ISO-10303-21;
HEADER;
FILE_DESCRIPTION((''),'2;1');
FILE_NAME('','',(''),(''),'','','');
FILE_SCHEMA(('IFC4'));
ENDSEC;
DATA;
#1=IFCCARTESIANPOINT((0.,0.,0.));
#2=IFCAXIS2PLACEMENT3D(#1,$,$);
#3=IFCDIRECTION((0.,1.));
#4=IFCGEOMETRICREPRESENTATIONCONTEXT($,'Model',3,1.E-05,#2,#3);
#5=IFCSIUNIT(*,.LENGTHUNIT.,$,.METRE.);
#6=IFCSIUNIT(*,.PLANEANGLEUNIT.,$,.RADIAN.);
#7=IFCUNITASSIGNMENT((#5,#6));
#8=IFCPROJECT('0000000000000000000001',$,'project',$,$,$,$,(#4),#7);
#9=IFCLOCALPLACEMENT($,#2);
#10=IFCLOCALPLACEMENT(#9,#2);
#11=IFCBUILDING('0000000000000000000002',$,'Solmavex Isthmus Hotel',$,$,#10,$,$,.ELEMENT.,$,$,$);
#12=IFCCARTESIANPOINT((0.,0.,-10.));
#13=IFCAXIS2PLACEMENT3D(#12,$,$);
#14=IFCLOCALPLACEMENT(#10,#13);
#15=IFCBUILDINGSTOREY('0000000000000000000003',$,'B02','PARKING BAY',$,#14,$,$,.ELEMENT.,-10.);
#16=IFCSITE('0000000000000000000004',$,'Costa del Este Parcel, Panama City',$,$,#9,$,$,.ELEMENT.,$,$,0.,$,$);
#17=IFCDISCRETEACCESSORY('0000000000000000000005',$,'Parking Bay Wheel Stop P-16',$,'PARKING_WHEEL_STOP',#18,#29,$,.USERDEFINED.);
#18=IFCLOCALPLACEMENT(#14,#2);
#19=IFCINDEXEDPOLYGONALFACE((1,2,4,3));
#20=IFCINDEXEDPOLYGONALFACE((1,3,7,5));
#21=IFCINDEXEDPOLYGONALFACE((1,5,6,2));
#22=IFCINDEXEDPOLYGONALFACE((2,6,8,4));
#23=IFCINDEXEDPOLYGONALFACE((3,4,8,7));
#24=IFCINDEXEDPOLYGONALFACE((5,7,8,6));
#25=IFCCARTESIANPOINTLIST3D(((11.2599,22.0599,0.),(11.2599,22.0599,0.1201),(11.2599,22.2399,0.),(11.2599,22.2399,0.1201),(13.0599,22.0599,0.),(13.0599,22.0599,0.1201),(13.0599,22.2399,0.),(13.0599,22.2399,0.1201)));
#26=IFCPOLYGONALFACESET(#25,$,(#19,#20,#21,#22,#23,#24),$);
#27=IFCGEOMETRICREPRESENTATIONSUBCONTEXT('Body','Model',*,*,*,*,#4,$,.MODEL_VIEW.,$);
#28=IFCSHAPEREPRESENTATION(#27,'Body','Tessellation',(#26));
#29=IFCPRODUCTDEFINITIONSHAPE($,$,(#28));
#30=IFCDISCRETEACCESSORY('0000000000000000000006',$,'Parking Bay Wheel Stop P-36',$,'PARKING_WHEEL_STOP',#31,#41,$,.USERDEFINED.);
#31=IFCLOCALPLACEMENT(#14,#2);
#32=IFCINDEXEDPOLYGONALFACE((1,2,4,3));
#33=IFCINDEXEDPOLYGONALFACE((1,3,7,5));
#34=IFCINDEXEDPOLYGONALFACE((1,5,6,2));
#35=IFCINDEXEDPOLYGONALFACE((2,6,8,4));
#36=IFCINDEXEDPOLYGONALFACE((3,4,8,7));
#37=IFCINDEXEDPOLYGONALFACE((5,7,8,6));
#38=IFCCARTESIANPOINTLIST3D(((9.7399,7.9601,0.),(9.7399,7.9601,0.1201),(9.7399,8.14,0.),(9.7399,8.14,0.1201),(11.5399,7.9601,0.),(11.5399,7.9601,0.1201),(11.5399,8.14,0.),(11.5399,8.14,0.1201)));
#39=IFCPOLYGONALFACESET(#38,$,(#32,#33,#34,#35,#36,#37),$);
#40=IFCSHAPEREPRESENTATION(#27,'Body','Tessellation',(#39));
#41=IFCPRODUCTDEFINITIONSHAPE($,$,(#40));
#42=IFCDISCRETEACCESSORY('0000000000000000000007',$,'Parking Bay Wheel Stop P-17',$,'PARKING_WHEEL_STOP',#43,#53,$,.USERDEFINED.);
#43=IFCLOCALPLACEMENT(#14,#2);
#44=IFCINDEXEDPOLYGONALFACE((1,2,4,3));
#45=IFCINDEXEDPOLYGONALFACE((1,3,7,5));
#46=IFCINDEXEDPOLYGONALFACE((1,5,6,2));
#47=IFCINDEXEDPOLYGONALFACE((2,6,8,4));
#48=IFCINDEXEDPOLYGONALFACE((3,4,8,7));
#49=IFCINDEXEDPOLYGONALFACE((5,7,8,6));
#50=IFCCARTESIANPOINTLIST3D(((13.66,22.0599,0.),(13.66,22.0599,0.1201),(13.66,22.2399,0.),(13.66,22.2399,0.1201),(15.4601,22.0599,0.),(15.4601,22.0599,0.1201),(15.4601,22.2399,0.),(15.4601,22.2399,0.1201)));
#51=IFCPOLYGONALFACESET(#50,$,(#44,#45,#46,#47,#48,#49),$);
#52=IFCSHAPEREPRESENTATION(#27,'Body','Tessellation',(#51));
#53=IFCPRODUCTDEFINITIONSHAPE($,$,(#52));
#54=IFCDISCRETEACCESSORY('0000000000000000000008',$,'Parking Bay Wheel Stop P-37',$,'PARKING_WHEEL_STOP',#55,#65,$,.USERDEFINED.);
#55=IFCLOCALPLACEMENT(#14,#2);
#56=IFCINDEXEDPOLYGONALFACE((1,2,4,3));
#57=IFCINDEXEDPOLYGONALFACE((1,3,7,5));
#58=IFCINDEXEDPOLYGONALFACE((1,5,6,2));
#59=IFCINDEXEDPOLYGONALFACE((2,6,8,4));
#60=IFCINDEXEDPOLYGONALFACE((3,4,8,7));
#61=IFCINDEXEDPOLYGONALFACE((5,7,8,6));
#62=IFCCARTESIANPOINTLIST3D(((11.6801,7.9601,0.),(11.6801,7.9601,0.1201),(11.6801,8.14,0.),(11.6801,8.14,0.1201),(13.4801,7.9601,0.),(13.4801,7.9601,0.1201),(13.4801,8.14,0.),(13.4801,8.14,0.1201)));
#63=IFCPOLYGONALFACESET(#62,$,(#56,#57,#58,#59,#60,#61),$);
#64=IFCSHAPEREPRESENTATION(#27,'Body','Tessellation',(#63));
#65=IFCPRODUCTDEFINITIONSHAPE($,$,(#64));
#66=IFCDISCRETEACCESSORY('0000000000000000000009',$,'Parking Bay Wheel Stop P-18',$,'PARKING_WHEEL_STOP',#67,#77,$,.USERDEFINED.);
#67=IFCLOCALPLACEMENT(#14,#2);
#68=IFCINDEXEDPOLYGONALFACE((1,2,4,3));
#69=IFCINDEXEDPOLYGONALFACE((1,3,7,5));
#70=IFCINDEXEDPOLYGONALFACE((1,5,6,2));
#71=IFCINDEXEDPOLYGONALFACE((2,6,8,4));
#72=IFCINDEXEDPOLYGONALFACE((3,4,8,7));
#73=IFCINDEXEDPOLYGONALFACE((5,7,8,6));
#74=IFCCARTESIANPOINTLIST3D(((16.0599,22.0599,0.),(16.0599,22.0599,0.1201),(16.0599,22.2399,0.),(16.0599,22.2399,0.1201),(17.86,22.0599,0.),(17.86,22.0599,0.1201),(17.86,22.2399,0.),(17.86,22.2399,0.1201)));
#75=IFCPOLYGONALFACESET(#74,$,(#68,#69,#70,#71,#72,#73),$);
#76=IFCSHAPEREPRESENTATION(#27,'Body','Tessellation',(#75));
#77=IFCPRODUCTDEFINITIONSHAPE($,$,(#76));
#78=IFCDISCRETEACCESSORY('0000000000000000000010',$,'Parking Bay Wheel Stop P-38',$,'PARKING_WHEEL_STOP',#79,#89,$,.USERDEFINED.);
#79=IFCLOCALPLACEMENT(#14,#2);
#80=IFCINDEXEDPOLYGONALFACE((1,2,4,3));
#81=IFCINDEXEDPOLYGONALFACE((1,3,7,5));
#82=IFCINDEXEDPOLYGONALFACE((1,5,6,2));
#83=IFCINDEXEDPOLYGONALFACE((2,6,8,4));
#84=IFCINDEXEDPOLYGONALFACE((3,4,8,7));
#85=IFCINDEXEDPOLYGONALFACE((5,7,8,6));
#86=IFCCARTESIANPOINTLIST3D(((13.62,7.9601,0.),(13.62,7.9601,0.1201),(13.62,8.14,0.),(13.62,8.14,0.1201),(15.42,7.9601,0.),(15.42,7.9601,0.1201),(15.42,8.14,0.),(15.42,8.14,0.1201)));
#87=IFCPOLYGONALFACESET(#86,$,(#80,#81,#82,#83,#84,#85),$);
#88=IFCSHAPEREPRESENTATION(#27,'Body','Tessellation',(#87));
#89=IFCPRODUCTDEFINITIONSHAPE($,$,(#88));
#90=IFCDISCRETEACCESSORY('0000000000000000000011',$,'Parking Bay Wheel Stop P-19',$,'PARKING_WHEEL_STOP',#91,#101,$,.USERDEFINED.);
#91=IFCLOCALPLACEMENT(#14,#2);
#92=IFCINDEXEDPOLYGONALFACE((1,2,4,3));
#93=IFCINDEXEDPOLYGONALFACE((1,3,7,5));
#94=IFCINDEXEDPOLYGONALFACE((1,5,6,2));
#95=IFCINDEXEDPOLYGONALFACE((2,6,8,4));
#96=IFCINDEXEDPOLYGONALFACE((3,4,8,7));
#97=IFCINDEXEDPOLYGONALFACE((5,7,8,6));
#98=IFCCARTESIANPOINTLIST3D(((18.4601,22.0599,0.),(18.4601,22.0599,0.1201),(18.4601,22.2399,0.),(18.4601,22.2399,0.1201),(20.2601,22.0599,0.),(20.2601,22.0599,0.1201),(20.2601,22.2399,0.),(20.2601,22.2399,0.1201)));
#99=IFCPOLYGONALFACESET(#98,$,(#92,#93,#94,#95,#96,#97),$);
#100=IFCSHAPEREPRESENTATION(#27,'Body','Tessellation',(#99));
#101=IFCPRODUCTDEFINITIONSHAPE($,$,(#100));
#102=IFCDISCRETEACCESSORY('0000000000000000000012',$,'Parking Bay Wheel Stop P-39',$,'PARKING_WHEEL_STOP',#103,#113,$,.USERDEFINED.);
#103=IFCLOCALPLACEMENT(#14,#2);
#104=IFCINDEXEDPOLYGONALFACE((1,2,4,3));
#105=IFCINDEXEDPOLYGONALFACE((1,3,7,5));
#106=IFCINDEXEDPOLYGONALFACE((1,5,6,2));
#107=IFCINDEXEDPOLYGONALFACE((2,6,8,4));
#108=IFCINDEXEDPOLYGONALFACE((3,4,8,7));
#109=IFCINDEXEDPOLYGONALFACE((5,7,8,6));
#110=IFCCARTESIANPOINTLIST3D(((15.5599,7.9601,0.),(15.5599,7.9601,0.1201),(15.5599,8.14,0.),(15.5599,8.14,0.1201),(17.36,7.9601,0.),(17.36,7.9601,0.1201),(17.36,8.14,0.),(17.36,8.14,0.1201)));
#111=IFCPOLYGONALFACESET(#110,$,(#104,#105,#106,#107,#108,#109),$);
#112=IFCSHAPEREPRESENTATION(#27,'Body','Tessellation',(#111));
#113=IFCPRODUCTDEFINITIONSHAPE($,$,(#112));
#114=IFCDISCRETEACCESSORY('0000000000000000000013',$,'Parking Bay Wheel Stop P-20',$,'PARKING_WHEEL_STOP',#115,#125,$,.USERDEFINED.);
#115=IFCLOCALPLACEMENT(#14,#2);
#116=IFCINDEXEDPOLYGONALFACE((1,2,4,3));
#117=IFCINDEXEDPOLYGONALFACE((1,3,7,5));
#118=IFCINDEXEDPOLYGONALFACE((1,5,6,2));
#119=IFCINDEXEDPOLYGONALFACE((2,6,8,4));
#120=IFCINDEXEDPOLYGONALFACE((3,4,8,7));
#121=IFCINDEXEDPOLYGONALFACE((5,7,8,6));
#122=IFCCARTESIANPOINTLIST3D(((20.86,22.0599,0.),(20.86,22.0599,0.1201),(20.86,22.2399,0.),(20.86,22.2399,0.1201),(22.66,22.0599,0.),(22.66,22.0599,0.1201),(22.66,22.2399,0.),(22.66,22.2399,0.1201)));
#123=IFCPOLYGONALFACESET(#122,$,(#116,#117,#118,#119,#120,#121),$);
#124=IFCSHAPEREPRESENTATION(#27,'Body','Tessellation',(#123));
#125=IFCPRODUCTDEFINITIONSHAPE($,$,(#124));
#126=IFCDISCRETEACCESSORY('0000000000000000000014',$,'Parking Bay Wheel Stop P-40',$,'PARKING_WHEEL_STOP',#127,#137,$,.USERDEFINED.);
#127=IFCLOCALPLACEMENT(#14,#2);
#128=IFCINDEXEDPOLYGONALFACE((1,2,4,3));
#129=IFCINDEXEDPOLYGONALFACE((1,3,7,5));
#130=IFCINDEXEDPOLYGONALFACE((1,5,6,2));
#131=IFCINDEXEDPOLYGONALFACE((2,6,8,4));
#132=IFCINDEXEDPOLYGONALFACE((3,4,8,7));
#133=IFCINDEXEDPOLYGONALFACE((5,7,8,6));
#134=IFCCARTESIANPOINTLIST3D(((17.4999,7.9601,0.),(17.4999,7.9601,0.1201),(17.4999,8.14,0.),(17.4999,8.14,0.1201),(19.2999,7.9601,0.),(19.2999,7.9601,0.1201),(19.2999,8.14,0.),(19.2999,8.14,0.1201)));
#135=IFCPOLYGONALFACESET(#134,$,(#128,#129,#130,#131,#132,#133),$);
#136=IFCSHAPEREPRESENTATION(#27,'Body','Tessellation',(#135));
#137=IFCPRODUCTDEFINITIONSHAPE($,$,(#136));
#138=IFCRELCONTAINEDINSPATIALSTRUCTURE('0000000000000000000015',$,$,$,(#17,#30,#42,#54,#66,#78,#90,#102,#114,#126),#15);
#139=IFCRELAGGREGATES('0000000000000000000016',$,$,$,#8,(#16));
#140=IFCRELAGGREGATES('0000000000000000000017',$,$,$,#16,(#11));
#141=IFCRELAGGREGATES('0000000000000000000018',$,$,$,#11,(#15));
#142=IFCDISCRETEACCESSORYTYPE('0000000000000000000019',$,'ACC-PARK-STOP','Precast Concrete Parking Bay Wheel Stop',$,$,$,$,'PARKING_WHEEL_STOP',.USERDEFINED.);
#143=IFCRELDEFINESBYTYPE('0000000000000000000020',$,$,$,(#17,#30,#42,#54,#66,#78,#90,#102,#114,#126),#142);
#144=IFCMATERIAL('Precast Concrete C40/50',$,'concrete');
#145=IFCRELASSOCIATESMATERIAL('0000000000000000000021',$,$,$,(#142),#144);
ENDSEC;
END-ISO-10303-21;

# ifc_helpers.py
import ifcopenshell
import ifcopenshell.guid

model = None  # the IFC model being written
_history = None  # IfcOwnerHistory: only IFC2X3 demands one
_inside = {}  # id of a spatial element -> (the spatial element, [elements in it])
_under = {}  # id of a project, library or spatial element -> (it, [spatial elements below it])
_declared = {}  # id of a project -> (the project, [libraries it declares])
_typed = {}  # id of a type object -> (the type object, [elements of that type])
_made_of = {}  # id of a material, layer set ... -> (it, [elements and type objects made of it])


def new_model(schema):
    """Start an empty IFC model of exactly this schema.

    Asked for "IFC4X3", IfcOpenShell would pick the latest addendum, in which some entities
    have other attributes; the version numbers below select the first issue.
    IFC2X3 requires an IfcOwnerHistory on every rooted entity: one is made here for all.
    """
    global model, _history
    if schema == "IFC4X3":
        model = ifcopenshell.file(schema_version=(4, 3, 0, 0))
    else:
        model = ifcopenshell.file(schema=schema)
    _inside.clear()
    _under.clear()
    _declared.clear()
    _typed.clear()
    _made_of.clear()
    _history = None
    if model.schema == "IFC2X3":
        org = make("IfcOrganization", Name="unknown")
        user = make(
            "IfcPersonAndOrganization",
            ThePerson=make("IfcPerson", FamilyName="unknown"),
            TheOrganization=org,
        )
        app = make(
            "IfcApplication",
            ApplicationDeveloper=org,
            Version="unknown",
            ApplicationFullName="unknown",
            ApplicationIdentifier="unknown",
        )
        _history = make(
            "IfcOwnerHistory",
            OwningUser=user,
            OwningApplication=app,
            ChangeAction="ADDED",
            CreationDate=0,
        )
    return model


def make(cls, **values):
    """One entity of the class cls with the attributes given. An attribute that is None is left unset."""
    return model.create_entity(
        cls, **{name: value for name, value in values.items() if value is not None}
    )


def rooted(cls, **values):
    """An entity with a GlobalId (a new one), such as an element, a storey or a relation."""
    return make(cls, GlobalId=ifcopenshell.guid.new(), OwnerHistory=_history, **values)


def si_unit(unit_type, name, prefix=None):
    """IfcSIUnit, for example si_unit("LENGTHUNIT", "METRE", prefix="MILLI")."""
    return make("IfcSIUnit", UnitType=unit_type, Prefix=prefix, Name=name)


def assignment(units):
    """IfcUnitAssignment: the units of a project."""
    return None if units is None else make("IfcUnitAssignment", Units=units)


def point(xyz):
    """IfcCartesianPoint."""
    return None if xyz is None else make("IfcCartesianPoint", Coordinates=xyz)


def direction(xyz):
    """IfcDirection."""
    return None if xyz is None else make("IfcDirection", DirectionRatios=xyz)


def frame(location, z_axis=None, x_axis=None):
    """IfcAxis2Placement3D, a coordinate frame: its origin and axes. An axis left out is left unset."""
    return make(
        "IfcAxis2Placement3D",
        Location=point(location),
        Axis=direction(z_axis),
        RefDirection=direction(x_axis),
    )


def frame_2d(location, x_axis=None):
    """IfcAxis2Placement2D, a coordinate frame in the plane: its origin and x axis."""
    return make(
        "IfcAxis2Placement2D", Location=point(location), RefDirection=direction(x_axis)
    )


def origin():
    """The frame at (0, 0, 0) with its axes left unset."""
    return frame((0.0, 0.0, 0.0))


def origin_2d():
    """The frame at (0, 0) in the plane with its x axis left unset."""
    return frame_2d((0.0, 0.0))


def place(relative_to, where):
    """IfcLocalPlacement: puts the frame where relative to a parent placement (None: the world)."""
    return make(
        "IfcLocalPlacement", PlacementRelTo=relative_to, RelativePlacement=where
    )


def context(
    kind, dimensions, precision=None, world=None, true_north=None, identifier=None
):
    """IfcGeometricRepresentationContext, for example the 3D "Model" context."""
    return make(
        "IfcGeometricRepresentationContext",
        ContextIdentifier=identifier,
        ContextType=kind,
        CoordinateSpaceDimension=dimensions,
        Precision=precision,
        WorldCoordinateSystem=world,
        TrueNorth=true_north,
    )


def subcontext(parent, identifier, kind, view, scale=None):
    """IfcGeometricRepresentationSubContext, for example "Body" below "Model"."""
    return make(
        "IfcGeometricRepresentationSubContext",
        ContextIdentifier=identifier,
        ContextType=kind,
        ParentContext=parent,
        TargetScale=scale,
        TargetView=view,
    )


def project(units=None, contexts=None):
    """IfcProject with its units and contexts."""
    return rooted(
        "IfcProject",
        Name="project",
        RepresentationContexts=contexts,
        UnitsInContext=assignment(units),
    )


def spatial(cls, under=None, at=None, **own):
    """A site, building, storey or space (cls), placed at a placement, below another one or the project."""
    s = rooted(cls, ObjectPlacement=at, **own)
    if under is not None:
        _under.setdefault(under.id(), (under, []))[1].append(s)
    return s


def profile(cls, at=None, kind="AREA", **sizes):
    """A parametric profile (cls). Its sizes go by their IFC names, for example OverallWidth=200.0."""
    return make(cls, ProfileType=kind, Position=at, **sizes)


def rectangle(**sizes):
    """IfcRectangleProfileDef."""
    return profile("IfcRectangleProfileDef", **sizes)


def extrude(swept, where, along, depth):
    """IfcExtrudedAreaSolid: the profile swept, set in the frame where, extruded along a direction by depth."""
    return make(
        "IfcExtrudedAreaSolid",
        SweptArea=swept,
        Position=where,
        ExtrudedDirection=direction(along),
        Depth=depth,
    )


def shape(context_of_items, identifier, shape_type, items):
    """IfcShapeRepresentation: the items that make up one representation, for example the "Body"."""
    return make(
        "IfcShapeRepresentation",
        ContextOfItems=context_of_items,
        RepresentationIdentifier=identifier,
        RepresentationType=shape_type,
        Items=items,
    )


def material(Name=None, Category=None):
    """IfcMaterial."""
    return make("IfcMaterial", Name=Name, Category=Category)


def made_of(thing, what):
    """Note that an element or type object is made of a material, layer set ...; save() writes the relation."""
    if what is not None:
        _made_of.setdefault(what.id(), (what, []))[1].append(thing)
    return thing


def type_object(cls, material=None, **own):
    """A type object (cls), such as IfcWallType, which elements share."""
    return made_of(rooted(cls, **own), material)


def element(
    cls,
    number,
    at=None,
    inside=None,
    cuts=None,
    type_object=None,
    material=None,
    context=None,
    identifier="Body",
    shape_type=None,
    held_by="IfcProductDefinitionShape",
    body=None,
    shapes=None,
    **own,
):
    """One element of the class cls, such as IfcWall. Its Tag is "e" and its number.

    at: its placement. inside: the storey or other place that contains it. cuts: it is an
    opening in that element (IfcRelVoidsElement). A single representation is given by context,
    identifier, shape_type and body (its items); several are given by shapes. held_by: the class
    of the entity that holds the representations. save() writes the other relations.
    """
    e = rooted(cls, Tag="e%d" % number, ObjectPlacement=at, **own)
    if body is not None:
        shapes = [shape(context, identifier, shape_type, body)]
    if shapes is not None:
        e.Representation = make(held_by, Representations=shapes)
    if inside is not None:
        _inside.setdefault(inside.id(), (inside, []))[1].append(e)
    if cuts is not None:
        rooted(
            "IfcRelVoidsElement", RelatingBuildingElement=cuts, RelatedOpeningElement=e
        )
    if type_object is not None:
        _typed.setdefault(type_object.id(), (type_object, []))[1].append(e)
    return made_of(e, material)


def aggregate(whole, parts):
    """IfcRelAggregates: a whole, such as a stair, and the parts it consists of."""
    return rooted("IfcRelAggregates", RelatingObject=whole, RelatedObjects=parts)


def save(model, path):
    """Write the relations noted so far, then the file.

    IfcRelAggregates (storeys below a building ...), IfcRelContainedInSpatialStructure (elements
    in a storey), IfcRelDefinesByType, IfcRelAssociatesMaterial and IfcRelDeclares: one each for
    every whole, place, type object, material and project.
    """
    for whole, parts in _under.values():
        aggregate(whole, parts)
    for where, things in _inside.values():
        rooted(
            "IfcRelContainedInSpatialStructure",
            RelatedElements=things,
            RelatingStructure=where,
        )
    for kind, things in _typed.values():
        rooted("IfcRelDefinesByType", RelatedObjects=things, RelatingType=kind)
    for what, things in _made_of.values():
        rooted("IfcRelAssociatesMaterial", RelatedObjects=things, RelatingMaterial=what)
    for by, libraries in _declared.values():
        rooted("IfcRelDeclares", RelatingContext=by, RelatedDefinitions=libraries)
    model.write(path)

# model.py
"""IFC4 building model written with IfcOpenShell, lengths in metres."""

from ifc_helpers import new_model, si_unit, direction, frame, origin, origin_2d, place, context, subcontext, project, spatial, rectangle, extrude, material, type_object, element, save


model = new_model("IFC4")

# Units and contexts
model_context = context("Model", 3, precision=1e-05, world=origin(), true_north=direction((0.0, 1.0)))
body_context = subcontext(model_context, "Body", "Model", "MODEL_VIEW")
ifc_project = project(units=[si_unit("LENGTHUNIT", "METRE"), si_unit("PLANEANGLEUNIT", "RADIAN")], contexts=[model_context])

# Site, building, storey
site_placement = place(None, origin())
site = spatial("IfcSite", under=ifc_project, at=site_placement, Name="Costa del Este Parcel, Panama City", CompositionType="ELEMENT", RefElevation=0.0)
building_placement = place(site_placement, origin())
building = spatial("IfcBuilding", under=site, at=building_placement, Name="Solmavex Isthmus Hotel", CompositionType="ELEMENT")
storey_placement = place(building_placement, frame((0.0, 0.0, -10.0)))
storey = spatial("IfcBuildingStorey", under=building, at=storey_placement, Name="B02", Description="PARKING BAY", CompositionType="ELEMENT", Elevation=-10.0)

# Discrete accessories
ifc_material_1 = material(Name="Precast Concrete C40/50", Category="concrete")
discrete_accessory_type = type_object("IfcDiscreteAccessoryType", Name="ACC-PARK-STOP", Description="Precast Concrete Parking Bay Wheel Stop", ElementType="PARKING_WHEEL_STOP", PredefinedType="USERDEFINED", material=ifc_material_1)
for number, where, z_axis, x_axis, name in (
    (1, (12.1599, 22.1499, 0.0), (0.0, 0.0, 1.0), (1.0, 0.0, 0.0), "Parking Bay Wheel Stop P-16"),
    (2, (10.6399, 8.05, 0.0), (0.0, 0.0, 1.0), (1.0, 0.0, 0.0), "Parking Bay Wheel Stop P-36"),
    (3, (14.5601, 22.1499, 0.0), (0.0, 0.0, 1.0), (1.0, 0.0, 0.0), "Parking Bay Wheel Stop P-17"),
    (4, (12.5801, 8.05, 0.0), (0.0, 0.0, 1.0), (1.0, 0.0, 0.0), "Parking Bay Wheel Stop P-37"),
    (5, (16.96, 22.1499, 0.0), (0.0, 0.0, 1.0), (1.0, 0.0, 0.0), "Parking Bay Wheel Stop P-18"),
    (6, (14.52, 8.05, 0.0), (0.0, 0.0, 1.0), (1.0, 0.0, 0.0), "Parking Bay Wheel Stop P-38"),
    (7, (19.3601, 22.1499, 0.0), (0.0, 0.0, 1.0), (1.0, 0.0, 0.0), "Parking Bay Wheel Stop P-19"),
    (8, (16.46, 8.05, 0.0), (0.0, 0.0, 1.0), (1.0, 0.0, 0.0), "Parking Bay Wheel Stop P-39"),
    (9, (21.76, 22.1499, 0.0), (0.0, 0.0, 1.0), (1.0, 0.0, 0.0), "Parking Bay Wheel Stop P-20"),
    (10, (18.3999, 8.05, 0.0), (0.0, 0.0, 1.0), (1.0, 0.0, 0.0), "Parking Bay Wheel Stop P-40"),
):
    element("IfcDiscreteAccessory", number, at=place(storey_placement, frame(where, z_axis=z_axis, x_axis=x_axis)), inside=storey, type_object=discrete_accessory_type, Name=name, ObjectType="PARKING_WHEEL_STOP", PredefinedType="USERDEFINED", context=body_context, shape_type="SweptSolid", body=[
        extrude(rectangle(XDim=1.8, YDim=0.1799, at=origin_2d()), origin(), (0.0, 0.0, 1.0), 0.1201),
    ])

save(model, "model.ifc")
